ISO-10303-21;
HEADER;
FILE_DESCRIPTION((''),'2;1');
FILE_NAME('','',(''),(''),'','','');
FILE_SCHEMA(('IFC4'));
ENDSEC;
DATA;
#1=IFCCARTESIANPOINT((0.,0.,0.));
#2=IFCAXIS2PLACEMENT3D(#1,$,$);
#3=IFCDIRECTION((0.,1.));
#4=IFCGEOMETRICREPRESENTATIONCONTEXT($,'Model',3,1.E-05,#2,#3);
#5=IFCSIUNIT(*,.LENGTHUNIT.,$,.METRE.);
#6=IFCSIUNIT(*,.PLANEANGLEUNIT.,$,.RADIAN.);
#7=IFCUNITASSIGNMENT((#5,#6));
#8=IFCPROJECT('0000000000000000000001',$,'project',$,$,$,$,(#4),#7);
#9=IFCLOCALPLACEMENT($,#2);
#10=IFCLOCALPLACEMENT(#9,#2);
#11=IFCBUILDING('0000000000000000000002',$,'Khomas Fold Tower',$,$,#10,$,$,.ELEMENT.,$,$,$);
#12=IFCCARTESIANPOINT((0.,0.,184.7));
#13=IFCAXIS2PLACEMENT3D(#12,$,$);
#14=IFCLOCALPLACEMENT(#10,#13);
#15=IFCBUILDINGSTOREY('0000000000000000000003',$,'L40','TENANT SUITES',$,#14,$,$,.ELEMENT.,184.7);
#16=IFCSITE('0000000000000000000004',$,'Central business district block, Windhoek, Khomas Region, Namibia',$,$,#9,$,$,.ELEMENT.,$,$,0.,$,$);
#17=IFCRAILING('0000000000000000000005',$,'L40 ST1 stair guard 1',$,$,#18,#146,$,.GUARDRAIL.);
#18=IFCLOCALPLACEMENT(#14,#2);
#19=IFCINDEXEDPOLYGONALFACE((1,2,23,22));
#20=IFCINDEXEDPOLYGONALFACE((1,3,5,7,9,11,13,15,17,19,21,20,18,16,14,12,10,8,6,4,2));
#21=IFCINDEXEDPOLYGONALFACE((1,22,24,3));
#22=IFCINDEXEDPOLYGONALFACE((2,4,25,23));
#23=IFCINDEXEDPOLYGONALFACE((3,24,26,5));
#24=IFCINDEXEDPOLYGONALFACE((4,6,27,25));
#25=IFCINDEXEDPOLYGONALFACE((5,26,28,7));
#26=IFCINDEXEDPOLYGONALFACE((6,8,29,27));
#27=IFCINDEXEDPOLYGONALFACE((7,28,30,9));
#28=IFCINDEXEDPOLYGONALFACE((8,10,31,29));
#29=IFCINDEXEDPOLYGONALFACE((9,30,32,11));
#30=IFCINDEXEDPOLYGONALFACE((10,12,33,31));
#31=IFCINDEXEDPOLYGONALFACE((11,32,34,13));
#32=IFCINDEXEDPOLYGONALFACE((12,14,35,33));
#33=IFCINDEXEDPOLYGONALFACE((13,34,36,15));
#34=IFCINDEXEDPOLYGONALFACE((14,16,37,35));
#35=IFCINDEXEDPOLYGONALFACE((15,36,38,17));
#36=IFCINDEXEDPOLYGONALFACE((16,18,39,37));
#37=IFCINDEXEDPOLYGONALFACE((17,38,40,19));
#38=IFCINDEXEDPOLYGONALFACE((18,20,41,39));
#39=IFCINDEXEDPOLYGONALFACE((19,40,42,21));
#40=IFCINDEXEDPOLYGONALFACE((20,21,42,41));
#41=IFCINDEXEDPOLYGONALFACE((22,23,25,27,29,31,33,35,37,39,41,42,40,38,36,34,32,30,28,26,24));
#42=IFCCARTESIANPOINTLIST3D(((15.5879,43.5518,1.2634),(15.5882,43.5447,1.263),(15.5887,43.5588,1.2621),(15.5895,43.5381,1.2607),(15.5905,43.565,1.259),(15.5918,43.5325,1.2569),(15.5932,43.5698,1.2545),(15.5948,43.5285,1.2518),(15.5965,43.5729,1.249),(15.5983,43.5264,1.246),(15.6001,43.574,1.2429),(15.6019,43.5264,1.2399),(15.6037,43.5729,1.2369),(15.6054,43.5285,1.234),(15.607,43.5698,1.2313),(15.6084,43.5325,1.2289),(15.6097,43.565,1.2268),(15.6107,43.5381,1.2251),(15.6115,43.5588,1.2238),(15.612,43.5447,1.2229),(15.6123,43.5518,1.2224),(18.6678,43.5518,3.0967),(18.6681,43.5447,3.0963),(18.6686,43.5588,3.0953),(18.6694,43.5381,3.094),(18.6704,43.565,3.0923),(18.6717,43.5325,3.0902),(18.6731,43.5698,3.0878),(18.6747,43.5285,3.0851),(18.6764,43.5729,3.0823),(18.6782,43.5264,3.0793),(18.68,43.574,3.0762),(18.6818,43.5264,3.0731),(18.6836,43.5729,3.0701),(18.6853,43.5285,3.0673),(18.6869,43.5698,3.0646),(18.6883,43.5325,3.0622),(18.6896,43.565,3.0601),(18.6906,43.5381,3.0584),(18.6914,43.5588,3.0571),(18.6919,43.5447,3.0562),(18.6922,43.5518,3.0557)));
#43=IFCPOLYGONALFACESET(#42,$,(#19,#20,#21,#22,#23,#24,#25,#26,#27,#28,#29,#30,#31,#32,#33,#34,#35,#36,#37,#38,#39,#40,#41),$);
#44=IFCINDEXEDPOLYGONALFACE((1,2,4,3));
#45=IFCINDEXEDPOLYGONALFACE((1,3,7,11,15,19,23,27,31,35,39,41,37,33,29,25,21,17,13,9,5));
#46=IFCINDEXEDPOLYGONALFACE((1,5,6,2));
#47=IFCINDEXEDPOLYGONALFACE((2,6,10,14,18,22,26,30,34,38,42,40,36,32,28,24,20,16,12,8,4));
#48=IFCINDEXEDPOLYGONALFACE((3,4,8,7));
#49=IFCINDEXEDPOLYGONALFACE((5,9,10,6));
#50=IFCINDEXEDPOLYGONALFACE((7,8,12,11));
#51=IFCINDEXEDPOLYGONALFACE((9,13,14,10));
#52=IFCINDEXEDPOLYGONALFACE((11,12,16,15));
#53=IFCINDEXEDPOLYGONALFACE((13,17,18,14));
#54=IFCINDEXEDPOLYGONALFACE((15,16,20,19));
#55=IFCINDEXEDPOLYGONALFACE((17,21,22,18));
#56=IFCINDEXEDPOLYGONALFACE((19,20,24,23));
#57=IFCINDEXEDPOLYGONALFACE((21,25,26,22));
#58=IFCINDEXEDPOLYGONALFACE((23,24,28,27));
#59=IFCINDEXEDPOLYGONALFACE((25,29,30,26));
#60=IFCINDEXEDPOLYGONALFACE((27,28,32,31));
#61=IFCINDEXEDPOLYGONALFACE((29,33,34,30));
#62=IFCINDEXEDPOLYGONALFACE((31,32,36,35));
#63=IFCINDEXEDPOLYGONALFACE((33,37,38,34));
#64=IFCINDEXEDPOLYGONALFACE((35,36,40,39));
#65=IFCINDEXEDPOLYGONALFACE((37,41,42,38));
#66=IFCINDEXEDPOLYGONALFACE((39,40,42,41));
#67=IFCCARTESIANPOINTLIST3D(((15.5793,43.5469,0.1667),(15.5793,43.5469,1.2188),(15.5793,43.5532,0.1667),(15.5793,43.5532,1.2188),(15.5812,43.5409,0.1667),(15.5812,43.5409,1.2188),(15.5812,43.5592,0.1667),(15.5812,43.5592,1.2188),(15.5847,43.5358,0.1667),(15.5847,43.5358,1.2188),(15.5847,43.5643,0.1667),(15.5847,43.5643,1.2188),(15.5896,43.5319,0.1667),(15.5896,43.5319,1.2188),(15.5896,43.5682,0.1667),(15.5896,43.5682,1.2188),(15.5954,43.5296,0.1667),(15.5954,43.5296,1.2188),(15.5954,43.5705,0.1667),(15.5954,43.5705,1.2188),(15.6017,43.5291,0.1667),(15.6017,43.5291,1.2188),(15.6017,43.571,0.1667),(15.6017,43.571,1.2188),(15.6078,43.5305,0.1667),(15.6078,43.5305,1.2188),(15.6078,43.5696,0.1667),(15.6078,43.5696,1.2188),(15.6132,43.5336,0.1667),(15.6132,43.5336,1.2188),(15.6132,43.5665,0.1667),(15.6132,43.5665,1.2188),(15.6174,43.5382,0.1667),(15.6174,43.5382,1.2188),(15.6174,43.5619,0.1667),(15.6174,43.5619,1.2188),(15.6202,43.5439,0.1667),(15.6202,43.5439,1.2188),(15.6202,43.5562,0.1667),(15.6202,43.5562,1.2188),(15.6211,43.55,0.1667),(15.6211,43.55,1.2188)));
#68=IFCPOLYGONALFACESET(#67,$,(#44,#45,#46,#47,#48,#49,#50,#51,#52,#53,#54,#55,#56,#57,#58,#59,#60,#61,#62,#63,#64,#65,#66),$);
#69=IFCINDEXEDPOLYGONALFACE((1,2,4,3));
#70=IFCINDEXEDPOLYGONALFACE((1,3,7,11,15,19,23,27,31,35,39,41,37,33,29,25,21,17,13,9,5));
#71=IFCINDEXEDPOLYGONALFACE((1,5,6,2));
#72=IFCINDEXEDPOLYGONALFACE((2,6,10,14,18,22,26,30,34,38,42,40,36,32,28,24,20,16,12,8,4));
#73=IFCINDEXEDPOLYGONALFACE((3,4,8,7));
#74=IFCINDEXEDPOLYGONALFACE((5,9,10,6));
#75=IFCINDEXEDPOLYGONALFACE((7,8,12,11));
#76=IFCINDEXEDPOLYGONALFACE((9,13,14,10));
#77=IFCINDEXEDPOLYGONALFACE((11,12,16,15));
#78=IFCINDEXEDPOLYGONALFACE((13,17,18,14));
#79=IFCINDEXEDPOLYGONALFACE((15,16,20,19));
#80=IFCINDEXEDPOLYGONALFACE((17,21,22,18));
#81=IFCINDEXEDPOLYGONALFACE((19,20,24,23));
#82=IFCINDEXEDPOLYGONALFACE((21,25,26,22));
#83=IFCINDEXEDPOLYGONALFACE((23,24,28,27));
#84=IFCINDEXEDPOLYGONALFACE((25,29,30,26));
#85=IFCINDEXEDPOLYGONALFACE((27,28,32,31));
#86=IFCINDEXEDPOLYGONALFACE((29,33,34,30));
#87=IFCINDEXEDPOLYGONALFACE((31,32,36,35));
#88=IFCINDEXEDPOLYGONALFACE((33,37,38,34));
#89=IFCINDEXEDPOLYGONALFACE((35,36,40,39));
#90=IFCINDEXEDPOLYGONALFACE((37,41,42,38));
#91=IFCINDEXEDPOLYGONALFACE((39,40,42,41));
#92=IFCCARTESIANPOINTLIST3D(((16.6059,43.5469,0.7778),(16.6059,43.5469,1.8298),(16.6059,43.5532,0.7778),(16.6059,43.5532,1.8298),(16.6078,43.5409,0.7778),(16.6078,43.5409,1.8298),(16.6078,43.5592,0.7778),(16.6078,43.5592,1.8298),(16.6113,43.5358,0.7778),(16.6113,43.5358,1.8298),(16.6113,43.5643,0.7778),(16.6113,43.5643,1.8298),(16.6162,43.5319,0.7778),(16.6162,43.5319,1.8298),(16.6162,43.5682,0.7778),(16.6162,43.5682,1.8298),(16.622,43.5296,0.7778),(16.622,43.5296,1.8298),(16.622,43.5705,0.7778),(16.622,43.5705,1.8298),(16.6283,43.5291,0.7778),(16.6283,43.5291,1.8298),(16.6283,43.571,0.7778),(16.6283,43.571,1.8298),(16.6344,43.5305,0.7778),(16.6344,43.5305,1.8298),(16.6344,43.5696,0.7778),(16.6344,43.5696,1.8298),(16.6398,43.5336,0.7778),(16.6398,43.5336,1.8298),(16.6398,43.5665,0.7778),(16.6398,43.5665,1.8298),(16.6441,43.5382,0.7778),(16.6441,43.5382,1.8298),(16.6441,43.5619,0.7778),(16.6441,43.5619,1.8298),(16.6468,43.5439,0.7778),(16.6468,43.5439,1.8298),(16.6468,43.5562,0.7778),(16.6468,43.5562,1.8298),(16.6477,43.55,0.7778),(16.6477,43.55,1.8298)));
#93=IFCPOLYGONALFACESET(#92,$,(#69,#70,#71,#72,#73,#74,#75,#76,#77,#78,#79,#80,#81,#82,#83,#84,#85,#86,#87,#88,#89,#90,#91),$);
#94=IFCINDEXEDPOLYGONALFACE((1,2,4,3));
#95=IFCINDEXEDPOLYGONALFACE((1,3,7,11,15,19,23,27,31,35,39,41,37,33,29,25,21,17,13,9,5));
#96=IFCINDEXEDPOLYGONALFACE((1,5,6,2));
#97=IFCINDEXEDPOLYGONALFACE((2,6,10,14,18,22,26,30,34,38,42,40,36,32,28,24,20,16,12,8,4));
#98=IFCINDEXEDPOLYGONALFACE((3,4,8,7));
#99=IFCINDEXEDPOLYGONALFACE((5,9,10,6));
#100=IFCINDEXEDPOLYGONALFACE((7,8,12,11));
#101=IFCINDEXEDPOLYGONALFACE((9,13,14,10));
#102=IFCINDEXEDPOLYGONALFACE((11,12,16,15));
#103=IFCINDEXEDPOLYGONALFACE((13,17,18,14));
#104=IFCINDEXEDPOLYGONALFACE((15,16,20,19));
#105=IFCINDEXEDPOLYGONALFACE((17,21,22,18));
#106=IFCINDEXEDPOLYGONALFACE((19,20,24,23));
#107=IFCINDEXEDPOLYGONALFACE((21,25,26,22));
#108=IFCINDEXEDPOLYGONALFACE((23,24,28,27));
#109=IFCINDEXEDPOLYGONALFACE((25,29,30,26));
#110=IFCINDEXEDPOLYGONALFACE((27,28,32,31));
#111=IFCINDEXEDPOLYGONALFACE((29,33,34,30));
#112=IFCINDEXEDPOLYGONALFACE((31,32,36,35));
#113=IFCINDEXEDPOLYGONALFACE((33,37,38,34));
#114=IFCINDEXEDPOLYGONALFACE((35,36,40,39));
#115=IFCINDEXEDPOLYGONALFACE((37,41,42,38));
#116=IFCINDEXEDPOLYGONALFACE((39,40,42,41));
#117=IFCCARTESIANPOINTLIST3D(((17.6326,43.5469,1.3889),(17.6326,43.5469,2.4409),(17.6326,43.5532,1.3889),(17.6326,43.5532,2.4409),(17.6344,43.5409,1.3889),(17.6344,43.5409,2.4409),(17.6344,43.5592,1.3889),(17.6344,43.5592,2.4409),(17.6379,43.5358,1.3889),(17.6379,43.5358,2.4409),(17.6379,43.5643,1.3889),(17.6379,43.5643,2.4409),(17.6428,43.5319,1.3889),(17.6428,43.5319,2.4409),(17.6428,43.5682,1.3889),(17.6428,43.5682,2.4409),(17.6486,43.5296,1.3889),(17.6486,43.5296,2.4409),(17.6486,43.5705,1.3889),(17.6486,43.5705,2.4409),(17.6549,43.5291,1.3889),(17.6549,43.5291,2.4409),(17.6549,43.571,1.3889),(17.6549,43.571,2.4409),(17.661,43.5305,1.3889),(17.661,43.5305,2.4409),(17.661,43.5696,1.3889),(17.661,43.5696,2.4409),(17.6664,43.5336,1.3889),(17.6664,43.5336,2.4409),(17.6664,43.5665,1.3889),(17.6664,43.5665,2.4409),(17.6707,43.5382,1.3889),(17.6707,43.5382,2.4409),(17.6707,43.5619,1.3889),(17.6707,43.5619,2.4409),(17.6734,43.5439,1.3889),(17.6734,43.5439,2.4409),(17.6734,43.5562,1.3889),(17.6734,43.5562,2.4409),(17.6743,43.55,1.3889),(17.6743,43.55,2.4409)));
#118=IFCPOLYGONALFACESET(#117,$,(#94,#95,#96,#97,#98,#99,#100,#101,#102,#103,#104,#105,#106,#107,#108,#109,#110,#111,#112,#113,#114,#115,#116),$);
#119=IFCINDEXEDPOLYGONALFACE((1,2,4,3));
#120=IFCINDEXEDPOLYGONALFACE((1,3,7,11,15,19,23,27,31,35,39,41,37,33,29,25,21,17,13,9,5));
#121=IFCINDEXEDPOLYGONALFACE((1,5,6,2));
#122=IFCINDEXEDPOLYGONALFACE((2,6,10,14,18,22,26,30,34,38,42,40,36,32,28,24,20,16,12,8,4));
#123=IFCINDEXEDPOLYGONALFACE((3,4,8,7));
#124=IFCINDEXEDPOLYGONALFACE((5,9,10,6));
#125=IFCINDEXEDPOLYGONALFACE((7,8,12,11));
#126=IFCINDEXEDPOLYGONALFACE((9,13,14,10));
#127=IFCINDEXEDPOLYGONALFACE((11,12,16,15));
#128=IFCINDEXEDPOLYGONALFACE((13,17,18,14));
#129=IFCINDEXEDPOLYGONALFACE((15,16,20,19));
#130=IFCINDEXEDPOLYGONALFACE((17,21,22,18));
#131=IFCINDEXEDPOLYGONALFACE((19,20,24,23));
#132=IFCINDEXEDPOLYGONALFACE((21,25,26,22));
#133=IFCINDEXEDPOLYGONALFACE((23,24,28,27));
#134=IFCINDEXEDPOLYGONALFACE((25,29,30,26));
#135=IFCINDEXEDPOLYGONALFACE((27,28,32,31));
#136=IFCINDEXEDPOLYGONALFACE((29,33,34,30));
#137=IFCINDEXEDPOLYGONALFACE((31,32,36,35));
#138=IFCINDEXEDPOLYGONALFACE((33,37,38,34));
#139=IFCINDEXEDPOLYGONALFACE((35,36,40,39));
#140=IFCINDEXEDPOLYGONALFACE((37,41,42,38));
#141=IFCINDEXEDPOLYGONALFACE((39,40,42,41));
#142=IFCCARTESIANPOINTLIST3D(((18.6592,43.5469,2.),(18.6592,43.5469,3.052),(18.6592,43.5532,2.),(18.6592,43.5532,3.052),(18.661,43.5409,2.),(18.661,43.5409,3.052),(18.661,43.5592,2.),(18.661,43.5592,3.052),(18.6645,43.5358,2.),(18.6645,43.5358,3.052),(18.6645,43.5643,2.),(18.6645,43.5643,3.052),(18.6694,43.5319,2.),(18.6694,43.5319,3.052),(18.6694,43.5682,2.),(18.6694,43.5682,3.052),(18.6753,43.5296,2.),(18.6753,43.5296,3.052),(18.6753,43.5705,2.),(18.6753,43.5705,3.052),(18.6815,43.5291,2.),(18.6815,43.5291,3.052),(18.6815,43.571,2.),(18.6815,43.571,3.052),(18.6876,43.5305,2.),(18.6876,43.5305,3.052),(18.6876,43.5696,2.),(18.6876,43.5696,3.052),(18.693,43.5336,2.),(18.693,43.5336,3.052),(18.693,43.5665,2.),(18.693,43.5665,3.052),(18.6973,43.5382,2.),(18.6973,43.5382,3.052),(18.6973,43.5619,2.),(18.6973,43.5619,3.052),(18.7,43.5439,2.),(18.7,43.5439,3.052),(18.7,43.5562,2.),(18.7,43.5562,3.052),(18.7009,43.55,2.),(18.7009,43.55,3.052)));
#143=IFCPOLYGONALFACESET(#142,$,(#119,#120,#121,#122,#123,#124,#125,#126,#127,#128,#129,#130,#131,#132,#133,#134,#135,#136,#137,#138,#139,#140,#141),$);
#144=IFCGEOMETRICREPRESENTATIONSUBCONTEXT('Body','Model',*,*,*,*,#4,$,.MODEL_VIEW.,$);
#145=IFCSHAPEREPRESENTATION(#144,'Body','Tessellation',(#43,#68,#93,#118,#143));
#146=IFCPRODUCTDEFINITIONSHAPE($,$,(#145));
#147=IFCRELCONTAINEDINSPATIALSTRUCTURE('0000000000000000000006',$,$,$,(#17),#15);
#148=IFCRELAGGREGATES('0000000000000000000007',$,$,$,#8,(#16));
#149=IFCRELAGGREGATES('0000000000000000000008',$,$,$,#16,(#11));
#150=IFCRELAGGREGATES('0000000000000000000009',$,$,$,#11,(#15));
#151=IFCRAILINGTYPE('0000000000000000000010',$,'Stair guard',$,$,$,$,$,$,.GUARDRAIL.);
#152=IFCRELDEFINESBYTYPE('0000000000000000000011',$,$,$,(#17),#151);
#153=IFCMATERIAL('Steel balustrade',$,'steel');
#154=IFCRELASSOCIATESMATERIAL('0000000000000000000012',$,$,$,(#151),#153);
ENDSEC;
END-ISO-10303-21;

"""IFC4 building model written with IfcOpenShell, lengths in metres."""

from ifc_helpers import new_model, si_unit, direction, frame, origin, origin_2d, place, context, subcontext, project, spatial, circle, extrude, source, transform, mapped, material, type_object, element, save


model = new_model("IFC4")

# Units and contexts
model_context = context("Model", 3, precision=1e-05, world=origin(), true_north=direction((0.0, 1.0)))
body_context = subcontext(model_context, "Body", "Model", "MODEL_VIEW")
ifc_project = project(units=[si_unit("LENGTHUNIT", "METRE"), si_unit("PLANEANGLEUNIT", "RADIAN")], contexts=[model_context])

# Site, building, storey
site_placement = place(None, origin())
site = spatial("IfcSite", under=ifc_project, at=site_placement, Name="Central business district block, Windhoek, Khomas Region, Namibia", CompositionType="ELEMENT", RefElevation=0.0)
building_placement = place(site_placement, origin())
building = spatial("IfcBuilding", under=site, at=building_placement, Name="Khomas Fold Tower", CompositionType="ELEMENT")
storey_placement = place(building_placement, frame((0.0, 0.0, 184.7)))
storey = spatial("IfcBuildingStorey", under=building, at=storey_placement, Name="L40", Description="TENANT SUITES", CompositionType="ELEMENT", Elevation=184.7)

# Railing
ifc_material_1 = material(Name="Steel balustrade", Category="steel")
railing_type_1 = type_object("IfcRailingType", Name="Stair guard", PredefinedType="GUARDRAIL", material=ifc_material_1)
shared_shape_1 = source(origin(), body_context, "Body", "SweptSolid", [
    extrude(circle(Radius=0.0239, at=origin_2d()), frame((0.0, 0.0, 1.0762), z_axis=(0.859291, 0.0, 0.511487), x_axis=(0.0, 1.0, 0.0)), (0.0, 0.0, 1.0), 3.5842),
    extrude(circle(Radius=0.021, at=origin_2d()), origin(), (0.0, 0.0, 1.0), 1.052),
    extrude(circle(Radius=0.021, at=origin_2d()), frame((1.0266, 0.0, 0.6111)), (0.0, 0.0, 1.0), 1.052),
    extrude(circle(Radius=0.021, at=origin_2d()), frame((2.0532, 0.0, 1.2222)), (0.0, 0.0, 1.0), 1.052),
    extrude(circle(Radius=0.021, at=origin_2d()), frame((3.0798, 0.0, 1.8333)), (0.0, 0.0, 1.0), 1.052),
])
railing_1_placement = place(storey_placement, frame((15.6001, 43.55, 0.1667)))
element("IfcRailing", 1, at=railing_1_placement, inside=storey, type_object=railing_type_1, Name="L40 ST1 stair guard 1", PredefinedType="GUARDRAIL", context=body_context, shape_type="MappedRepresentation", body=[
    mapped(shared_shape_1, transform((0.0, 0.0, 0.0))),
])

save(model, "model.ifc")
